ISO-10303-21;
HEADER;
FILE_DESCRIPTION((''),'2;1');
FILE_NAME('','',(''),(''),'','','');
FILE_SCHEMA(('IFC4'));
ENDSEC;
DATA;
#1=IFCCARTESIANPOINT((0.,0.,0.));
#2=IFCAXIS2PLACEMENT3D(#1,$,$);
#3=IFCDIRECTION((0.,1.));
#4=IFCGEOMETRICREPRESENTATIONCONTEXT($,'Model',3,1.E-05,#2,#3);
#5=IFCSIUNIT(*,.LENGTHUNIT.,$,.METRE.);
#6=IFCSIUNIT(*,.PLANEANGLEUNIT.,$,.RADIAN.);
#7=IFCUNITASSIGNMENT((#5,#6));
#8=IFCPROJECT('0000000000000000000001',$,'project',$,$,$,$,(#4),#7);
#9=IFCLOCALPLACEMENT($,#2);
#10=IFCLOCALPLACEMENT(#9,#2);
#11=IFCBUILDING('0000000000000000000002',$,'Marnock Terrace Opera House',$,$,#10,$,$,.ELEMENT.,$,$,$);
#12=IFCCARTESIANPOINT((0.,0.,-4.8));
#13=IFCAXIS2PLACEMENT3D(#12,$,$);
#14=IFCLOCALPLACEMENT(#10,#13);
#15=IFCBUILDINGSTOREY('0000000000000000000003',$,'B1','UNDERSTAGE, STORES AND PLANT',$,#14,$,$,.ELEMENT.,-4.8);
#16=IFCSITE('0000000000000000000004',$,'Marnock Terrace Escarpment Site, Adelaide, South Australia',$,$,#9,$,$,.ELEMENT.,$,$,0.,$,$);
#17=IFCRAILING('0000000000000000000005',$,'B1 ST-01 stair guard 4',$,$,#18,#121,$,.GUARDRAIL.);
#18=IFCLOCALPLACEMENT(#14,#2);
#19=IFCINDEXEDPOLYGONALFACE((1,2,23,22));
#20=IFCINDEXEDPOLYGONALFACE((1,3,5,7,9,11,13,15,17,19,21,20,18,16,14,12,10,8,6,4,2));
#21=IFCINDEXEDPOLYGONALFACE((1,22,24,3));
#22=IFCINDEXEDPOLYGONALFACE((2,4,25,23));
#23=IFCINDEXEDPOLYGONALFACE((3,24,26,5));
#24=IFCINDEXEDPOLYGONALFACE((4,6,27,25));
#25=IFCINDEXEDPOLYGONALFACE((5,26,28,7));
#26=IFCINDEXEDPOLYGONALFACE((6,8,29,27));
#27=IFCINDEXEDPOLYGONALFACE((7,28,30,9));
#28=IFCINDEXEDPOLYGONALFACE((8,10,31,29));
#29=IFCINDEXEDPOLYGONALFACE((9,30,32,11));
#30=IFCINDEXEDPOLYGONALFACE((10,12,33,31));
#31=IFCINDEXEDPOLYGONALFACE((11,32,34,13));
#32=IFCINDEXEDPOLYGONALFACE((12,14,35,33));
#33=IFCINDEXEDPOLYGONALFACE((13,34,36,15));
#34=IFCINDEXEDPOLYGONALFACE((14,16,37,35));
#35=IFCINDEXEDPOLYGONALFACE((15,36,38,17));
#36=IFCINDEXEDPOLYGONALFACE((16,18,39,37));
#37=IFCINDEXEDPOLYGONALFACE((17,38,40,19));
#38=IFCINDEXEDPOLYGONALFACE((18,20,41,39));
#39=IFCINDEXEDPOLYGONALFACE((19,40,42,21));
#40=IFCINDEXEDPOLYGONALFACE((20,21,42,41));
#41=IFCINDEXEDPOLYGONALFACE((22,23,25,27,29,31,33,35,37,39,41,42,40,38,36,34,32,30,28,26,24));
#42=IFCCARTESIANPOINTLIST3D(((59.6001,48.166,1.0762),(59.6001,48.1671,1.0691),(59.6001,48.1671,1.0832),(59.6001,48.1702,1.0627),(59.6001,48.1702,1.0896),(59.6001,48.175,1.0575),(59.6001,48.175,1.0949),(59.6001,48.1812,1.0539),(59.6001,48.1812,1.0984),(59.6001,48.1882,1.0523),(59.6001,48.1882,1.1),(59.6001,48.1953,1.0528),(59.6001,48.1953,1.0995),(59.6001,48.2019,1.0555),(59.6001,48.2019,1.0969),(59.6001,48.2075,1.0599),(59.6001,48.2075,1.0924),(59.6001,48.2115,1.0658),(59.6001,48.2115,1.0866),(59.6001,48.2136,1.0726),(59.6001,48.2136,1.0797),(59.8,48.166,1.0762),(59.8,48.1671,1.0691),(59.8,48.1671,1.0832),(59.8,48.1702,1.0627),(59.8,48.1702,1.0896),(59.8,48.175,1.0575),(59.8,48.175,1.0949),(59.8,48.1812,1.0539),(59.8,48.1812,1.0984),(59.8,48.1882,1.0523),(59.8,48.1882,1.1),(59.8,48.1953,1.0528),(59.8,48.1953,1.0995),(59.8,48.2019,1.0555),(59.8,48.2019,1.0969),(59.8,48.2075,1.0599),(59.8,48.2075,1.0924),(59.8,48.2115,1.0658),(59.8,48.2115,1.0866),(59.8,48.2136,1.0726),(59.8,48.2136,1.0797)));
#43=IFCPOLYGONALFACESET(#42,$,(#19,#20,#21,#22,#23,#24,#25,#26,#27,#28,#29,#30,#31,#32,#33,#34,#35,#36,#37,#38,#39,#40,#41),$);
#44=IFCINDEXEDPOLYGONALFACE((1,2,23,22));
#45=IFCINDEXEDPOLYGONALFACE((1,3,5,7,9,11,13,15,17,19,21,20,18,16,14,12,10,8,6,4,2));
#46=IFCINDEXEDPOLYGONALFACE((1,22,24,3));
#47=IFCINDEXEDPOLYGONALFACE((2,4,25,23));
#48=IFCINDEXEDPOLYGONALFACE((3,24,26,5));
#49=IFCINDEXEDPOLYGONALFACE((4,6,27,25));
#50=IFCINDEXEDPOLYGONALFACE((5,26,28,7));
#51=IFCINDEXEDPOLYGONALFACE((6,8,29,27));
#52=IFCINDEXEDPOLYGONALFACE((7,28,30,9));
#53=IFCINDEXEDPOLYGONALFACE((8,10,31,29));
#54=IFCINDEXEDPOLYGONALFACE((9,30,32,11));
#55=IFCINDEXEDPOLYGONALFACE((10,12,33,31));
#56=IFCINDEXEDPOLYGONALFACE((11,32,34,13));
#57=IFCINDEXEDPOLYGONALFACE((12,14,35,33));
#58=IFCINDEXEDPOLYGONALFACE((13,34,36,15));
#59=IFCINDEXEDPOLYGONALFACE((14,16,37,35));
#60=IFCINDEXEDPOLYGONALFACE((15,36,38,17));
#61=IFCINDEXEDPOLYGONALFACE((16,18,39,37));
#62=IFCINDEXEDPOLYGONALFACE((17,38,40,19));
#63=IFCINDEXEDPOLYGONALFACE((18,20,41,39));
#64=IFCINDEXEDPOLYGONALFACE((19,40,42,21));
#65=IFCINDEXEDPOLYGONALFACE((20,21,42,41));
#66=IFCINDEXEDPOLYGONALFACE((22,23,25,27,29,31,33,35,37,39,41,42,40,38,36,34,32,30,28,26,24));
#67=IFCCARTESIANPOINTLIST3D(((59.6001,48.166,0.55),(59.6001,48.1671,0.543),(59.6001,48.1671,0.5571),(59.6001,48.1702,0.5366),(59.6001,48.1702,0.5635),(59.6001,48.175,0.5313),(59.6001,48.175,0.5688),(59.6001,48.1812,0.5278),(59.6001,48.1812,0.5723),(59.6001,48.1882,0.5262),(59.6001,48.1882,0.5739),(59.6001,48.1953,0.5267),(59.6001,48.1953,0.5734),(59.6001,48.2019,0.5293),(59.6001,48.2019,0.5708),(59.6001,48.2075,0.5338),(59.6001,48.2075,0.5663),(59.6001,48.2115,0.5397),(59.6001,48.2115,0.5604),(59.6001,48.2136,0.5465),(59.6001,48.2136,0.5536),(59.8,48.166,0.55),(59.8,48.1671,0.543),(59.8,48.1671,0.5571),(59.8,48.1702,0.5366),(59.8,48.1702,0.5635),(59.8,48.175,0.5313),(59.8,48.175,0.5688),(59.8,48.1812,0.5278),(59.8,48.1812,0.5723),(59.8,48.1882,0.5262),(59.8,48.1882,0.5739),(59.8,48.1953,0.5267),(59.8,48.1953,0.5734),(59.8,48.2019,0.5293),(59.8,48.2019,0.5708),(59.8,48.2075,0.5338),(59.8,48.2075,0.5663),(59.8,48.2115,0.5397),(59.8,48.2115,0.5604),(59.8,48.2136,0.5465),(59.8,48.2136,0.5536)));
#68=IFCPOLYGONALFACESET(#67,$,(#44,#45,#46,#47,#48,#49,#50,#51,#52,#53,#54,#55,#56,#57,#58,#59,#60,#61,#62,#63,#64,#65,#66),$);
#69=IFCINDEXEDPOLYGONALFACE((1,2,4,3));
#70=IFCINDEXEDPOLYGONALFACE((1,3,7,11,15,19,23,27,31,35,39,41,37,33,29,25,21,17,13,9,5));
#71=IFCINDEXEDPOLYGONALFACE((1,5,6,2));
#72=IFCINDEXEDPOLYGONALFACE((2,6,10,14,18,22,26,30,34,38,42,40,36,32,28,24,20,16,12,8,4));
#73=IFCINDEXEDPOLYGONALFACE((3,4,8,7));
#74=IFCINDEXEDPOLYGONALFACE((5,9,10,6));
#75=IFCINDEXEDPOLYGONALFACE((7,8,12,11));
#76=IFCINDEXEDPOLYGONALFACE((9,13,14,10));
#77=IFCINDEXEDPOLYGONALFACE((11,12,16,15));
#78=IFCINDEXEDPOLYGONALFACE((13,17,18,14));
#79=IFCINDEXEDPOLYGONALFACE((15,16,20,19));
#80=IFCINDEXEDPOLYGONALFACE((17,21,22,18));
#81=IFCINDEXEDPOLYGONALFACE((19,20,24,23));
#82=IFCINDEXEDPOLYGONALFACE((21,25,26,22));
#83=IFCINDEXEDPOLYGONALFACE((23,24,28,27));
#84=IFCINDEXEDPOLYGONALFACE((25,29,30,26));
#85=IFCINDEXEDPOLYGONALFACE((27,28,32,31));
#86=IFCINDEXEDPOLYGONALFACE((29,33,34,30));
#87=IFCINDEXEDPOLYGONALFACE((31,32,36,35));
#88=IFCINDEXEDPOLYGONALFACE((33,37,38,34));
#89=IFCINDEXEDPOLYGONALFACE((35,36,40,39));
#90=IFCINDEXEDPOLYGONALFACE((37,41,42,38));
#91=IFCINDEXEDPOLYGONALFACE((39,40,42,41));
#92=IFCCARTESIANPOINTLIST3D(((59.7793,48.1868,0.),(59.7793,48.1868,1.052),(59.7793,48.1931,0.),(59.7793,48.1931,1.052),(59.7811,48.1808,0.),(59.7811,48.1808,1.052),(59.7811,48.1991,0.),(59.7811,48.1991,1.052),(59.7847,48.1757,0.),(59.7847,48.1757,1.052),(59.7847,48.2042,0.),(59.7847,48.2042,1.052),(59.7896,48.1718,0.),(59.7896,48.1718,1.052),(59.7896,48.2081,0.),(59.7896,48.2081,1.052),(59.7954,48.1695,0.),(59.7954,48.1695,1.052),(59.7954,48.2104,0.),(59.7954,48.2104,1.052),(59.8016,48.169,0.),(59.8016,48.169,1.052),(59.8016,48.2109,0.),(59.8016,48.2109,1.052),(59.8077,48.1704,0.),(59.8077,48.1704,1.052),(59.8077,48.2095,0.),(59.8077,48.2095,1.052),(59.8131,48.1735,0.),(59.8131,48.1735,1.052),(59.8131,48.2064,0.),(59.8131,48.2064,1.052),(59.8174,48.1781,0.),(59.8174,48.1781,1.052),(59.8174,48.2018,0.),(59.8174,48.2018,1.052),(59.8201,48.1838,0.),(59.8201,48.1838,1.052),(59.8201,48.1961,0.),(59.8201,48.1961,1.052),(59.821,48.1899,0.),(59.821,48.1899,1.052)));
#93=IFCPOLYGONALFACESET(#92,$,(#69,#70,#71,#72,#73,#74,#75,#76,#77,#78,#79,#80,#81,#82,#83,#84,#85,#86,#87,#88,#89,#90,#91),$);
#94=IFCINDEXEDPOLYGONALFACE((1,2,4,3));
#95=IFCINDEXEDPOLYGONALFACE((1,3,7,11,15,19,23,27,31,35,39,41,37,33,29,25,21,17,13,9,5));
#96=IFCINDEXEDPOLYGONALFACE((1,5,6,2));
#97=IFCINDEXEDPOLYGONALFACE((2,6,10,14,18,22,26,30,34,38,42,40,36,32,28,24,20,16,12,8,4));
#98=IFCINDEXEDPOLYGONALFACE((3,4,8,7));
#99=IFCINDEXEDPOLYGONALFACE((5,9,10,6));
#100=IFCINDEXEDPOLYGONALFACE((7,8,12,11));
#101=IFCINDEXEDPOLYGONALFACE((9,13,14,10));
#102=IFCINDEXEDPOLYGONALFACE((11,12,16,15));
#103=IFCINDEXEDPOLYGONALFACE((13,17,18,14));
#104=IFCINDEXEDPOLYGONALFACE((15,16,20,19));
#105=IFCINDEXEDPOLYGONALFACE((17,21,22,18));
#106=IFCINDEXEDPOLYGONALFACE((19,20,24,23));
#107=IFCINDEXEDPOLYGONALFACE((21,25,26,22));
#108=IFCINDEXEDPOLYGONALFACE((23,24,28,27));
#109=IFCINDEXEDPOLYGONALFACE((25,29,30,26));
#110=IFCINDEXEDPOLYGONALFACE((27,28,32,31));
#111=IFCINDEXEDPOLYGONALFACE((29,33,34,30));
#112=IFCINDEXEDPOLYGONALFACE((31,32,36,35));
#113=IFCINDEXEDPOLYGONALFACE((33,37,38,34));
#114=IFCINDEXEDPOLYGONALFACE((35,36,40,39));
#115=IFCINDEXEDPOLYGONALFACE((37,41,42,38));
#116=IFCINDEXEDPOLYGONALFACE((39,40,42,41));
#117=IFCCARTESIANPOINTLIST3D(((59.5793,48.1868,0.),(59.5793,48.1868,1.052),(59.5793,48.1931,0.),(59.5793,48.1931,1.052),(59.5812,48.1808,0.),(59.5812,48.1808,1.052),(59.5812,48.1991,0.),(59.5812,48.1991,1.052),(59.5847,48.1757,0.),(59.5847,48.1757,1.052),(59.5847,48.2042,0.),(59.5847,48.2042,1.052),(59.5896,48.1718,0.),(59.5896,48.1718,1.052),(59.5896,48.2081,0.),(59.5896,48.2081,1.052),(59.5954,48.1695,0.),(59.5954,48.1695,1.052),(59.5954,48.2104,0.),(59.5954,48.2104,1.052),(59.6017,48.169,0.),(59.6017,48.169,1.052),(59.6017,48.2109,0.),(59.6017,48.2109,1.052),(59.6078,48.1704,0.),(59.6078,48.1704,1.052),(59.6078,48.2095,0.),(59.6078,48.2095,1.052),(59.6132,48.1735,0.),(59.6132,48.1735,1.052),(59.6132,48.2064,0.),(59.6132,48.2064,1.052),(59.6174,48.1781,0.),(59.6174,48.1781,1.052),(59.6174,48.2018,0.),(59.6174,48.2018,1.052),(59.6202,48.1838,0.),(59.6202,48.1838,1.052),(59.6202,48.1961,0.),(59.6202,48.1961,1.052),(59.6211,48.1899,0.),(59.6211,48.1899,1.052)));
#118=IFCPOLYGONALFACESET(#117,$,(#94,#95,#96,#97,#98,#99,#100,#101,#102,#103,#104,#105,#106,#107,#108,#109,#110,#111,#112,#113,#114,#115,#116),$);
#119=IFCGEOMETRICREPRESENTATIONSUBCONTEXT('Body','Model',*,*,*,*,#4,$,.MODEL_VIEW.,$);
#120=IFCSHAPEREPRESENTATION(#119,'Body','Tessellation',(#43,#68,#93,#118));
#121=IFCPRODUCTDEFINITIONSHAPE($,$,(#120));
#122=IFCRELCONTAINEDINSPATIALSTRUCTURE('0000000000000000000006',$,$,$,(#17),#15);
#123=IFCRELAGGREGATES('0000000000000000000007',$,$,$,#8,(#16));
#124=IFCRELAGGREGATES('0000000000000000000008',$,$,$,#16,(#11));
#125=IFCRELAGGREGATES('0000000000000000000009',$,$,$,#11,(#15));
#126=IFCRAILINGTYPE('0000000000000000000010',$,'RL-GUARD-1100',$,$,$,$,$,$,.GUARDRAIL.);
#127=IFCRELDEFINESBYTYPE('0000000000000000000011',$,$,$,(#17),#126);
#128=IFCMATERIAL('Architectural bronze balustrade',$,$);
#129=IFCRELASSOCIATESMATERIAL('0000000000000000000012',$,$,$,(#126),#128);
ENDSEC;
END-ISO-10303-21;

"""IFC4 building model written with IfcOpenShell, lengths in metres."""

from ifc_helpers import new_model, si_unit, direction, frame, origin, origin_2d, place, context, subcontext, project, spatial, circle, extrude, material, type_object, element, save


model = new_model("IFC4")

# Units and contexts
model_context = context("Model", 3, precision=1e-05, world=origin(), true_north=direction((0.0, 1.0)))
body_context = subcontext(model_context, "Body", "Model", "MODEL_VIEW")
ifc_project = project(units=[si_unit("LENGTHUNIT", "METRE"), si_unit("PLANEANGLEUNIT", "RADIAN")], contexts=[model_context])

# Site, building, storey
site_placement = place(None, origin())
site = spatial("IfcSite", under=ifc_project, at=site_placement, Name="Marnock Terrace Escarpment Site, Adelaide, South Australia", CompositionType="ELEMENT", RefElevation=0.0)
building_placement = place(site_placement, origin())
building = spatial("IfcBuilding", under=site, at=building_placement, Name="Marnock Terrace Opera House", CompositionType="ELEMENT")
storey_placement = place(building_placement, frame((0.0, 0.0, -4.8)))
storey = spatial("IfcBuildingStorey", under=building, at=storey_placement, Name="B1", Description="UNDERSTAGE, STORES AND PLANT", CompositionType="ELEMENT", Elevation=-4.8)

# Railing
ifc_material_1 = material(Name="Architectural bronze balustrade")
railing_type_1 = type_object("IfcRailingType", Name="RL-GUARD-1100", PredefinedType="GUARDRAIL", material=ifc_material_1)
railing_1_placement = place(storey_placement, frame((59.8, 48.1899, 0.0)))
element("IfcRailing", 1, at=railing_1_placement, inside=storey, type_object=railing_type_1, Name="B1 ST-01 stair guard 4", PredefinedType="GUARDRAIL", context=body_context, shape_type="SweptSolid", body=[
    extrude(circle(Radius=0.0239, at=origin_2d()), frame((0.0, 0.0, 1.0762), z_axis=(-1.0, 0.0, 0.0), x_axis=(0.0, -1.0, 0.0)), (0.0, 0.0, 1.0), 0.2),
    extrude(circle(Radius=0.0239, at=origin_2d()), frame((0.0, 0.0, 0.55), z_axis=(-1.0, 0.0, 0.0), x_axis=(0.0, -1.0, 0.0)), (0.0, 0.0, 1.0), 0.2),
    extrude(circle(Radius=0.021, at=origin_2d()), origin(), (0.0, 0.0, 1.0), 1.052),
    extrude(circle(Radius=0.021, at=origin_2d()), frame((-0.2, 0.0, 0.0)), (0.0, 0.0, 1.0), 1.052),
])

save(model, "model.ifc")
